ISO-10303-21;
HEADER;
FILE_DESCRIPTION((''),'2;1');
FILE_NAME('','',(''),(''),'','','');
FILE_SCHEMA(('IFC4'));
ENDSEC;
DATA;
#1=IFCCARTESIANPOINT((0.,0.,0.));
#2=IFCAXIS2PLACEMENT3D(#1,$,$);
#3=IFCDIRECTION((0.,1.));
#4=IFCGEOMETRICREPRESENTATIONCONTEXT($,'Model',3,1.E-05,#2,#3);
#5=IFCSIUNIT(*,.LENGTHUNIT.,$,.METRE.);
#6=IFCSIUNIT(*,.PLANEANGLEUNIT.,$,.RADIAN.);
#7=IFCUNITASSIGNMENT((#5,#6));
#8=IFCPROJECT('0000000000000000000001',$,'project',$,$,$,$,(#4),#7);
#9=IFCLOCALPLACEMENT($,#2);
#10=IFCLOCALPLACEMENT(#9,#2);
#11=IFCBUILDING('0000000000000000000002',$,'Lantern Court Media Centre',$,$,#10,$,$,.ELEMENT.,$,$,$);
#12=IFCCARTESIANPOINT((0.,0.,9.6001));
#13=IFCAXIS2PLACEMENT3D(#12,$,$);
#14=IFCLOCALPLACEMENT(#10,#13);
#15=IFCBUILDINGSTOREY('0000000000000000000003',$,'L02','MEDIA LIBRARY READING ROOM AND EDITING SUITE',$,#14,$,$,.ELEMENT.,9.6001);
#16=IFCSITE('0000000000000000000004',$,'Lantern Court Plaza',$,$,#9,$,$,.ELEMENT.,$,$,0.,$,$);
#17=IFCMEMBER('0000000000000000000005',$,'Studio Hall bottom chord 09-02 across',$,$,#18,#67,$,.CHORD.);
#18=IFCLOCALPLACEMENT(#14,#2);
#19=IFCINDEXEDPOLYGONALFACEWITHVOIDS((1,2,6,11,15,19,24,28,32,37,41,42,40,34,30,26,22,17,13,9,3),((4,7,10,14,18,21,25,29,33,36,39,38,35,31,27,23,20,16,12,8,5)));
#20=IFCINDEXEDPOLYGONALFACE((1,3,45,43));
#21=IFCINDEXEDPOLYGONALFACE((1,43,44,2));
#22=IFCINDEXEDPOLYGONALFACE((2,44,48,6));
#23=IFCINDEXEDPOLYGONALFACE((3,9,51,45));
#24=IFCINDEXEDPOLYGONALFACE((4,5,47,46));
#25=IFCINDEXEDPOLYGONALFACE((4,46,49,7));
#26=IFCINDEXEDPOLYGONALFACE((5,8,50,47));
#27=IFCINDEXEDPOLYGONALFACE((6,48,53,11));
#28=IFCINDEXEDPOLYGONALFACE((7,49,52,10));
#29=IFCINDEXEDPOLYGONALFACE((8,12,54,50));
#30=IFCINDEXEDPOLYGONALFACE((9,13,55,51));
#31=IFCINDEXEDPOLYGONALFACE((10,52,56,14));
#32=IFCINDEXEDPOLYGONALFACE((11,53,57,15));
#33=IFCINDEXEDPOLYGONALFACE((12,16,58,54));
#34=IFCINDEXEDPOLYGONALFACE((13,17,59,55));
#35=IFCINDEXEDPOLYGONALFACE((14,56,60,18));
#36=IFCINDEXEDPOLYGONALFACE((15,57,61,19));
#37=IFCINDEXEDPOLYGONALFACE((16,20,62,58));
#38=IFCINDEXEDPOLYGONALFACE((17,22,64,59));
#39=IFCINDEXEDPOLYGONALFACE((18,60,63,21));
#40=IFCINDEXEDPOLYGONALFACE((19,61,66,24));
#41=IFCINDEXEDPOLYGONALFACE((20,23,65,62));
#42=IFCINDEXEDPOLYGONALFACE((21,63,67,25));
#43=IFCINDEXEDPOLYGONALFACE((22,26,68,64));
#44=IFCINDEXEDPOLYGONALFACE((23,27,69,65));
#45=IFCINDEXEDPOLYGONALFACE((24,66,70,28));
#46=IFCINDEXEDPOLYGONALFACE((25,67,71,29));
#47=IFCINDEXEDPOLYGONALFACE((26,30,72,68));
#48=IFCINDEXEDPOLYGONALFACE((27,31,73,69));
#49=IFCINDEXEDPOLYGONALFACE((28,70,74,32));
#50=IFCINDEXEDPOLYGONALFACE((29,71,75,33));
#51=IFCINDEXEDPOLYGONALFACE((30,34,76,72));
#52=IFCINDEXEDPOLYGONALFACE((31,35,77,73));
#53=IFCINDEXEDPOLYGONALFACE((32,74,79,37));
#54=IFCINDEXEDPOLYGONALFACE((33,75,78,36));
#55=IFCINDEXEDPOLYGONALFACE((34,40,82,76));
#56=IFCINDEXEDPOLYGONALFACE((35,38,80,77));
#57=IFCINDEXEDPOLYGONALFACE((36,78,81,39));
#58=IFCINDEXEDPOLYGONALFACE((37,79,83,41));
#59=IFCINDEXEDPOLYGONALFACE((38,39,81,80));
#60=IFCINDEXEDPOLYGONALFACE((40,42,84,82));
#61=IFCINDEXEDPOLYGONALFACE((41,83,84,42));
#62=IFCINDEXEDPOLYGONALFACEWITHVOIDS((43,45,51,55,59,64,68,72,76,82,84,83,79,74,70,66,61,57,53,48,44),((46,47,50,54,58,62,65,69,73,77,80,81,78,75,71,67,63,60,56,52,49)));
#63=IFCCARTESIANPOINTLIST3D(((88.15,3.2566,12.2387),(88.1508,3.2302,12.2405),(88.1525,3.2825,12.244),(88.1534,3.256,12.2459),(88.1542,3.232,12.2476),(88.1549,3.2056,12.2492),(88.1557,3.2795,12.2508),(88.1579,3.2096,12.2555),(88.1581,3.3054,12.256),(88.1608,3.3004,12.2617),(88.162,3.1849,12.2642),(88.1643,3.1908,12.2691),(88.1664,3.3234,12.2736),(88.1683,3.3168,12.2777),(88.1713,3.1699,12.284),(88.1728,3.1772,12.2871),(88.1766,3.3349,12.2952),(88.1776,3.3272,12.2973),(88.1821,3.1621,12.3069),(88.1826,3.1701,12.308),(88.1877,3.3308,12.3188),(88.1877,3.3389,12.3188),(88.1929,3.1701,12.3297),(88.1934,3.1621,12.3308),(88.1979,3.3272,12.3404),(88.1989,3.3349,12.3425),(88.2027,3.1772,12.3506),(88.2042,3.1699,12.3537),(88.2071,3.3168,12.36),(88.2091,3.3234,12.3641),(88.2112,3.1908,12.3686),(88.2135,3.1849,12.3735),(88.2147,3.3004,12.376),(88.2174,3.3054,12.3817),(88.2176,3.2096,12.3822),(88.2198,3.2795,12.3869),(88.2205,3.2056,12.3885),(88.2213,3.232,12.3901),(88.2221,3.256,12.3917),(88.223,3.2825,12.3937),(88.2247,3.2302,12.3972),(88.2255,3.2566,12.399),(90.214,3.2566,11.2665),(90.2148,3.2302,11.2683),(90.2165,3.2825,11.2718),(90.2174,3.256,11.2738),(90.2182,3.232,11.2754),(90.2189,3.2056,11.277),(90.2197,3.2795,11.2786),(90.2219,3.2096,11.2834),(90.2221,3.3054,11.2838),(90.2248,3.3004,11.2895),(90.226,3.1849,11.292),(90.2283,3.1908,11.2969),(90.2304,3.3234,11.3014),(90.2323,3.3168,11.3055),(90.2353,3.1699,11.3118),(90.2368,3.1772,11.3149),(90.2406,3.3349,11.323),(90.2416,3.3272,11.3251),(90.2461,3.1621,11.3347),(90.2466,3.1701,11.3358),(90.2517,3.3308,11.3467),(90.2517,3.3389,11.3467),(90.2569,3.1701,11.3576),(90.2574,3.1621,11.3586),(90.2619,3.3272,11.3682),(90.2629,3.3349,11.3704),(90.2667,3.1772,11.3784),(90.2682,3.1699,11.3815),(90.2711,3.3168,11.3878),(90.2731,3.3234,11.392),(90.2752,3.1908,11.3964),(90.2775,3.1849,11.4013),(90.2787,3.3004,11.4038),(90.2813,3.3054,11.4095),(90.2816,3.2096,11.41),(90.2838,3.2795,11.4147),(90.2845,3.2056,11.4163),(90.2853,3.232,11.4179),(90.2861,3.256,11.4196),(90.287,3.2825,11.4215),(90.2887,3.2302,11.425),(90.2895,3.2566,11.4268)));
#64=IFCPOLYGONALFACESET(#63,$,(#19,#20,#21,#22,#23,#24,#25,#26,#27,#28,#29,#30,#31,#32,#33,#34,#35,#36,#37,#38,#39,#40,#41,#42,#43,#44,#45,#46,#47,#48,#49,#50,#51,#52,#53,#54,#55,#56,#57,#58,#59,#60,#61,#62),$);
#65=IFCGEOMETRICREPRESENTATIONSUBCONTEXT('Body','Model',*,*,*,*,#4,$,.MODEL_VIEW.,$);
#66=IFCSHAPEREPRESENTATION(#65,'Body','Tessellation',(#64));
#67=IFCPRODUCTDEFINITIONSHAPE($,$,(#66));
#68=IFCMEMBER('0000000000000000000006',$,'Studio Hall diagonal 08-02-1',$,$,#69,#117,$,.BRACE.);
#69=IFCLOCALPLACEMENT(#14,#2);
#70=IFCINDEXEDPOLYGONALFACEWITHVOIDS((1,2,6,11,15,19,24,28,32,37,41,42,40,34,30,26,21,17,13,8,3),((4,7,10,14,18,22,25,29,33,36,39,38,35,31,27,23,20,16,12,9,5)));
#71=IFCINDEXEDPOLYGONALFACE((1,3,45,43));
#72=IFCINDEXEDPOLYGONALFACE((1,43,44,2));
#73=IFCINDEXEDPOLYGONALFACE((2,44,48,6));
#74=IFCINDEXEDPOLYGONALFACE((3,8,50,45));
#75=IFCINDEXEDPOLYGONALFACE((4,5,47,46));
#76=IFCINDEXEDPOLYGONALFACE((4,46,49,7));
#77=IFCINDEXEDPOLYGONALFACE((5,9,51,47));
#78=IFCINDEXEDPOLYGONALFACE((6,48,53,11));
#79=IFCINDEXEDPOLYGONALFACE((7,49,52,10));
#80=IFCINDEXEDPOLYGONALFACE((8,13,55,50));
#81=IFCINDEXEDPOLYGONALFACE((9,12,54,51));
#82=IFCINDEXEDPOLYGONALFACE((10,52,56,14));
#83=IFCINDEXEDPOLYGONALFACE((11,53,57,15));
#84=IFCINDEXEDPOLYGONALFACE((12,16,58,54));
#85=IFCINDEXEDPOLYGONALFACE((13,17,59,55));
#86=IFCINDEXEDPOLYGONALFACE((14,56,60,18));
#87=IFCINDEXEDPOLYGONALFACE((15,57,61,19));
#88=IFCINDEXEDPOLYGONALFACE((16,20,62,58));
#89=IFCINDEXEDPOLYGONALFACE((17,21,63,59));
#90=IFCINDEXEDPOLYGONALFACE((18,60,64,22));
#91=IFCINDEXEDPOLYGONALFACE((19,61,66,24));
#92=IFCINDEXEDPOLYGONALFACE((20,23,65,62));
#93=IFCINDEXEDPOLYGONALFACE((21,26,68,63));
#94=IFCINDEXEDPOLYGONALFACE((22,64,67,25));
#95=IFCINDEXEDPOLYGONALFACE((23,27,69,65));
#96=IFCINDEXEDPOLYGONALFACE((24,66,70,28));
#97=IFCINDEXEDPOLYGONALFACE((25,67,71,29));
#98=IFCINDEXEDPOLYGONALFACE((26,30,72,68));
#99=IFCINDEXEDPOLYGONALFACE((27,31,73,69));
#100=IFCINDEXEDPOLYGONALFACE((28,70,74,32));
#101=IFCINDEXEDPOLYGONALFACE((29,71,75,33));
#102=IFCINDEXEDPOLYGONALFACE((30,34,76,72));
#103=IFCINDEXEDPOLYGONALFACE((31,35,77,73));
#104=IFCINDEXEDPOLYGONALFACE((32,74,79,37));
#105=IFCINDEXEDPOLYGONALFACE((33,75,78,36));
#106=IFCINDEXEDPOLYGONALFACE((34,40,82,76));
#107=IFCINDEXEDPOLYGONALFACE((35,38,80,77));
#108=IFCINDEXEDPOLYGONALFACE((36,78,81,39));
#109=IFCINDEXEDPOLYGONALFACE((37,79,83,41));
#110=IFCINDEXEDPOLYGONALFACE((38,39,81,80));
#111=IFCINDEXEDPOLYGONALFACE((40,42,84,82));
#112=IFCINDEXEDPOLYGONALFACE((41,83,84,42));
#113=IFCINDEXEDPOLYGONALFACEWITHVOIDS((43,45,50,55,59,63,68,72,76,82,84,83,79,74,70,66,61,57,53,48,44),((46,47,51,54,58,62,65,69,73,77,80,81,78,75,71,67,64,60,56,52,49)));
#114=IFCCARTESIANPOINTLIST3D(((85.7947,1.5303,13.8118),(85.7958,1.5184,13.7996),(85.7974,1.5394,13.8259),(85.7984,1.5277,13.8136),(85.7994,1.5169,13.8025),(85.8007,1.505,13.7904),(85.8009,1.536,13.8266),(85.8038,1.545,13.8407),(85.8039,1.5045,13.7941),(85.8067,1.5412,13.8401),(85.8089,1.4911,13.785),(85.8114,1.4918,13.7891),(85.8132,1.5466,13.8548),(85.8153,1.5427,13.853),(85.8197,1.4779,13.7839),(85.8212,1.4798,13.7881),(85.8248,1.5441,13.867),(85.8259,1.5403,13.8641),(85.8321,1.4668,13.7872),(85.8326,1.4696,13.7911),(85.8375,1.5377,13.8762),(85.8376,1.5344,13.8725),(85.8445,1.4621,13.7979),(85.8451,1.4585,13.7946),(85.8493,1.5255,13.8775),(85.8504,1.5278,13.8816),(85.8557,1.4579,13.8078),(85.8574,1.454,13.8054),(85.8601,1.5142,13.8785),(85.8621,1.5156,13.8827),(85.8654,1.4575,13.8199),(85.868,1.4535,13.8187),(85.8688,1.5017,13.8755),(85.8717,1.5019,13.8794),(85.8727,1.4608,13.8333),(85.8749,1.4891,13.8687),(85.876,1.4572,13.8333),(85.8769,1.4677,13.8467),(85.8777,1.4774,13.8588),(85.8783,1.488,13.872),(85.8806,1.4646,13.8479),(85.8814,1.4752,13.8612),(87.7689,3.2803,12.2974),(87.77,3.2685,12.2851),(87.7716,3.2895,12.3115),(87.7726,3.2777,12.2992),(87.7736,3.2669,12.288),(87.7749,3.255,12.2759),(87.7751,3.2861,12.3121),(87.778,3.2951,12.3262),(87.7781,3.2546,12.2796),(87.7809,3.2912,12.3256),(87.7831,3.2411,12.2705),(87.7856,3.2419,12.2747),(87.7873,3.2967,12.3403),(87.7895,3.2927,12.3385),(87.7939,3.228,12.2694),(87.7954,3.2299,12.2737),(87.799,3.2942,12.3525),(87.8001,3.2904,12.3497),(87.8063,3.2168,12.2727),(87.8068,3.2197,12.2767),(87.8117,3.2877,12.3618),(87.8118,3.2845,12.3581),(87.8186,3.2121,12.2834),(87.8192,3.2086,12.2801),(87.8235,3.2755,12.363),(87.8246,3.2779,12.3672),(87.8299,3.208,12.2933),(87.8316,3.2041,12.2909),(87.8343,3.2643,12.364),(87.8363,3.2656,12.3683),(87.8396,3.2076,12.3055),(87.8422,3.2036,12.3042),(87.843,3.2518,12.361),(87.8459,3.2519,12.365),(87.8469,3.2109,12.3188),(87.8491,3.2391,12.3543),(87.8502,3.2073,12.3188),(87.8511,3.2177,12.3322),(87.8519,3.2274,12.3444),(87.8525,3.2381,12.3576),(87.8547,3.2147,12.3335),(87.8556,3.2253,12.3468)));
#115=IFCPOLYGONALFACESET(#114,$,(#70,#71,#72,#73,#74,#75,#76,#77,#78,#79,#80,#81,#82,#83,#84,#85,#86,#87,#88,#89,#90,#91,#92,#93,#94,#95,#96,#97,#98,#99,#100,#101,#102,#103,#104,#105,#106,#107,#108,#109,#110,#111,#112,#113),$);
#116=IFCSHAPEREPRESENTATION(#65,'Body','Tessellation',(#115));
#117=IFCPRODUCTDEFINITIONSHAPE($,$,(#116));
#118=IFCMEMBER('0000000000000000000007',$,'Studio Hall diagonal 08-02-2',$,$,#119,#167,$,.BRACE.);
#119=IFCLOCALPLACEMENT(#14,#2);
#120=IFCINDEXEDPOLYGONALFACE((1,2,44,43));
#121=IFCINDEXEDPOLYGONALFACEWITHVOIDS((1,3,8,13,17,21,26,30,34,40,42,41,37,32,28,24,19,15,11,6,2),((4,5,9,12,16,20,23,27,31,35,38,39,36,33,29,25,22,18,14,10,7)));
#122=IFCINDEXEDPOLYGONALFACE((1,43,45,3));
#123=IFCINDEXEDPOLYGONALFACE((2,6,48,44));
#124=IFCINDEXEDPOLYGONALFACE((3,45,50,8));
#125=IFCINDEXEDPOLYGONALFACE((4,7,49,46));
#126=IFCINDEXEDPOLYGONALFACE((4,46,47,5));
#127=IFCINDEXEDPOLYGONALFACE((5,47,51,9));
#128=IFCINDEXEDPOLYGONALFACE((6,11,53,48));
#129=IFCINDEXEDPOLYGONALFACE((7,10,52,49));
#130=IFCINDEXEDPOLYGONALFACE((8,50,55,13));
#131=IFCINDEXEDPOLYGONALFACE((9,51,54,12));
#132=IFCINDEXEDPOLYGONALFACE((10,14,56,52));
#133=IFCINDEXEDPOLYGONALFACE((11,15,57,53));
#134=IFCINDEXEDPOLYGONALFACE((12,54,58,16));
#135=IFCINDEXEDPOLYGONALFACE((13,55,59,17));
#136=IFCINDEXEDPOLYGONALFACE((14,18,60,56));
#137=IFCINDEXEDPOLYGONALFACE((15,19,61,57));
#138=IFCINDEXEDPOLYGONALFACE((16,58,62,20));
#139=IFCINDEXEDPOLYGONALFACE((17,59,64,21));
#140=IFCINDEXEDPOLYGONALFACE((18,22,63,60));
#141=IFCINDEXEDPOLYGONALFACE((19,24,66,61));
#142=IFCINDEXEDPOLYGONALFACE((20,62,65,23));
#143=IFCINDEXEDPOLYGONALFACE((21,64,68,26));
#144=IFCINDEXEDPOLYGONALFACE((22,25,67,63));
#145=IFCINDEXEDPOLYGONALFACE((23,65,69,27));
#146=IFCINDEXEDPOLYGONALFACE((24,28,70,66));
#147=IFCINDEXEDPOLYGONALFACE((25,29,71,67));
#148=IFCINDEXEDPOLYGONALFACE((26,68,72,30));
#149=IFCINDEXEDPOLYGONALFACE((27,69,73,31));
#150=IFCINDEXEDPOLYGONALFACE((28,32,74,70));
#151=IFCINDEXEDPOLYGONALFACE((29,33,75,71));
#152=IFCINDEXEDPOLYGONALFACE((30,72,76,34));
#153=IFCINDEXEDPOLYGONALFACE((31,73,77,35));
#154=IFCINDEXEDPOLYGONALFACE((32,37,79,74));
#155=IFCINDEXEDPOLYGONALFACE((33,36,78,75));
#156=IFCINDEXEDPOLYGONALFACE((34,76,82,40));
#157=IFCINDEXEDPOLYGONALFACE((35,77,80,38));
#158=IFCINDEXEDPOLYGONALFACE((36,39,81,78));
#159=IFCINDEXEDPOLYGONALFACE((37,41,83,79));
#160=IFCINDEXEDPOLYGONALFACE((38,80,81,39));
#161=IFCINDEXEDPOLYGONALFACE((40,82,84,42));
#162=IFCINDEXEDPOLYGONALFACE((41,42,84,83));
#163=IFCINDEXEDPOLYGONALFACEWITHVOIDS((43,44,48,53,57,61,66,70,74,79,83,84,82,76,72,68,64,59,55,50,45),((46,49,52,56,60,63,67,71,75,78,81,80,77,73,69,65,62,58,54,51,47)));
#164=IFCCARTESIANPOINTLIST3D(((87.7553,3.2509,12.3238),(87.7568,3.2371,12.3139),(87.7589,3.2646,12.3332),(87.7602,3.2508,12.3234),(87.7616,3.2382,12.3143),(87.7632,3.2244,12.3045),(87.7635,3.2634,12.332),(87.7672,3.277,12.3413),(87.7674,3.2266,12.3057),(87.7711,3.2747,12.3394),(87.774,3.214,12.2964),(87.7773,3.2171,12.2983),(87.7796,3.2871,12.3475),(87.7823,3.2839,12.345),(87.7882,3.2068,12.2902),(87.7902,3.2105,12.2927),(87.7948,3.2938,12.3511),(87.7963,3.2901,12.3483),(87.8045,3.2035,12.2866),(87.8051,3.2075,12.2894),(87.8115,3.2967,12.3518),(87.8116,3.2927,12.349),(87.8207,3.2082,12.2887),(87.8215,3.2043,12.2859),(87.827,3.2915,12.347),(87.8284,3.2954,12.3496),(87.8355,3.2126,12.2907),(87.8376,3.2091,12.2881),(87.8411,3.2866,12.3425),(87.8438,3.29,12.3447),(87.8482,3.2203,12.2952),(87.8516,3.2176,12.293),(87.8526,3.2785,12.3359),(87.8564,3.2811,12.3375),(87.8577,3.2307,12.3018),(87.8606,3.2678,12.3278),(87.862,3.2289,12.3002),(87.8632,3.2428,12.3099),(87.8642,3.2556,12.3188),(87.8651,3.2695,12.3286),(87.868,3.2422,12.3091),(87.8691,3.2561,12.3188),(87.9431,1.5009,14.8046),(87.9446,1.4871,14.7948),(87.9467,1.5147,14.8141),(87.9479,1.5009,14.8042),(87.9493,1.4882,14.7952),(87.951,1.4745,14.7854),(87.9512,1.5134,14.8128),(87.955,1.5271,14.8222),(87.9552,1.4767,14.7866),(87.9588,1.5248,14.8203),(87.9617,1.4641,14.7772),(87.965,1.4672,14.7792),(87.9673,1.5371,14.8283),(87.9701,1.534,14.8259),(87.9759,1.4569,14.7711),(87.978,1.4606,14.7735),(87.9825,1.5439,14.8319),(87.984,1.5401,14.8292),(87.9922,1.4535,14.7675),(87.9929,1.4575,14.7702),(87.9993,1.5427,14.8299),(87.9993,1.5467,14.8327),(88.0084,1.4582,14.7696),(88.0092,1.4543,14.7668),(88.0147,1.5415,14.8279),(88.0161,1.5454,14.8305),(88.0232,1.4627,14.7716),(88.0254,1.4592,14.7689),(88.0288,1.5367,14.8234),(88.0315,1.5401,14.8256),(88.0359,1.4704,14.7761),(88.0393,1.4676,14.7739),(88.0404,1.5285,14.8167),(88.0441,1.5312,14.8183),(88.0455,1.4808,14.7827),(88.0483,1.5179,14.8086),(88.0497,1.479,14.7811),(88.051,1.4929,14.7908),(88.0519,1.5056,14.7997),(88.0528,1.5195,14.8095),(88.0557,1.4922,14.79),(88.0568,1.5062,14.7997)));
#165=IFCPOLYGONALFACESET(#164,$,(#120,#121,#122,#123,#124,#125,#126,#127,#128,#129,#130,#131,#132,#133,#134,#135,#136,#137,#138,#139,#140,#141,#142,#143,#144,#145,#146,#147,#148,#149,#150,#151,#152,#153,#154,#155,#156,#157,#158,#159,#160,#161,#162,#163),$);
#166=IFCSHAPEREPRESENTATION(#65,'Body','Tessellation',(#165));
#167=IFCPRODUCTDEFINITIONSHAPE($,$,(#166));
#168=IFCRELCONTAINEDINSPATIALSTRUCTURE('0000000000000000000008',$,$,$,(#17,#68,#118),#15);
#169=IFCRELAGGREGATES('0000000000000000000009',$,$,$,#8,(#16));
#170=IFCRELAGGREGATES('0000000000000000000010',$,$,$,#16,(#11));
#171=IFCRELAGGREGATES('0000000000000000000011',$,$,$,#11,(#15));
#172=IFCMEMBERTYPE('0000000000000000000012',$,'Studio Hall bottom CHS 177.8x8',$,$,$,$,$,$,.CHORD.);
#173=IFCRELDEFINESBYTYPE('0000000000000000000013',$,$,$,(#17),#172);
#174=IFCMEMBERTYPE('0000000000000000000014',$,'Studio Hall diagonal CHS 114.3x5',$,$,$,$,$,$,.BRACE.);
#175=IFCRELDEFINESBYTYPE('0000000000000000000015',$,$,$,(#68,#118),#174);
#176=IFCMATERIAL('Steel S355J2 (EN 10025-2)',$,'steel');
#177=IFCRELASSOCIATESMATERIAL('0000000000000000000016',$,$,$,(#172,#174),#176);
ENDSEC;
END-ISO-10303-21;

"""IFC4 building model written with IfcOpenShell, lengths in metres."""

from ifc_helpers import new_model, si_unit, direction, frame, origin, origin_2d, place, context, subcontext, project, spatial, hollow_circle, extrude, material, material_profile, profile_set, type_object, element, save


model = new_model("IFC4")

# Units and contexts
model_context = context("Model", 3, precision=1e-05, world=origin(), true_north=direction((0.0, 1.0)))
body_context = subcontext(model_context, "Body", "Model", "MODEL_VIEW")
ifc_project = project(units=[si_unit("LENGTHUNIT", "METRE"), si_unit("PLANEANGLEUNIT", "RADIAN")], contexts=[model_context])

# Site, building, storey
site_placement = place(None, origin())
site = spatial("IfcSite", under=ifc_project, at=site_placement, Name="Lantern Court Plaza", CompositionType="ELEMENT", RefElevation=0.0)
building_placement = place(site_placement, origin())
building = spatial("IfcBuilding", under=site, at=building_placement, Name="Lantern Court Media Centre", CompositionType="ELEMENT")
storey_placement = place(building_placement, frame((0.0, 0.0, 9.6001)))
storey = spatial("IfcBuildingStorey", under=building, at=storey_placement, Name="L02", Description="MEDIA LIBRARY READING ROOM AND EDITING SUITE", CompositionType="ELEMENT", Elevation=9.6001)

# Members
ifc_material = material(Name="Steel S355J2 (EN 10025-2)", Category="steel")
ifc_material_profile_1 = material_profile(ifc_material, hollow_circle(Radius=0.0889, WallThickness=0.0081, at=origin_2d()), Name="Studio Hall bottom CHS 177.8x8")
ifc_profile_set_1 = profile_set([ifc_material_profile_1], Name="Steel S355J2 (EN 10025-2)")
member_type_1 = type_object("IfcMemberType", Name="Studio Hall bottom CHS 177.8x8", PredefinedType="CHORD", material=ifc_profile_set_1)
member_1_placement = place(storey_placement, frame((88.1877, 3.25, 12.3188), z_axis=(0.904668, 0.0, -0.426117), x_axis=(0.0, 1.0, 0.0)))
element("IfcMember", 1, at=member_1_placement, inside=storey, type_object=member_type_1, Name="Studio Hall bottom chord 09-02 across", PredefinedType="CHORD", context=body_context, shape_type="SweptSolid", body=[
    extrude(hollow_circle(Radius=0.0889, WallThickness=0.0081, at=origin_2d()), origin(), (0.0, 0.0, 1.0), 2.2815),
])
ifc_material_profile_2 = material_profile(ifc_material, hollow_circle(Radius=0.0571, WallThickness=0.0049, at=origin_2d()), Name="Studio Hall diagonal CHS 114.3x5")
ifc_profile_set_2 = profile_set([ifc_material_profile_2], Name="Steel S355J2 (EN 10025-2)")
member_type_2 = type_object("IfcMemberType", Name="Studio Hall diagonal CHS 114.3x5", PredefinedType="BRACE", material=ifc_profile_set_2)
member_2_placement = place(storey_placement, frame((87.8123, 3.25, 12.3188), z_axis=(-0.648979, -0.575301, 0.49785), x_axis=(0.663352, -0.748307, 0.0)))
element("IfcMember", 2, at=member_2_placement, inside=storey, type_object=member_type_2, Name="Studio Hall diagonal 08-02-1", PredefinedType="BRACE", context=body_context, shape_type="SweptSolid", body=[
    extrude(hollow_circle(Radius=0.0571, WallThickness=0.0049, at=origin_2d()), origin(), (0.0, 0.0, 1.0), 3.042),
])
for number, where, z_axis, x_axis, name in (
    (3, (87.8123, 3.25, 12.3188), (0.06172, -0.575306, 0.815606), (0.994294, 0.10667, 0.0), "Studio Hall diagonal 08-02-2"),
):
    element("IfcMember", number, at=place(storey_placement, frame(where, z_axis=z_axis, x_axis=x_axis)), inside=storey, type_object=member_type_2, Name=name, PredefinedType="BRACE", context=body_context, shape_type="SweptSolid", body=[
        extrude(hollow_circle(Radius=0.0571, WallThickness=0.0049, at=origin_2d()), origin(), (0.0, 0.0, 1.0), 3.0417),
    ])

save(model, "model.ifc")
